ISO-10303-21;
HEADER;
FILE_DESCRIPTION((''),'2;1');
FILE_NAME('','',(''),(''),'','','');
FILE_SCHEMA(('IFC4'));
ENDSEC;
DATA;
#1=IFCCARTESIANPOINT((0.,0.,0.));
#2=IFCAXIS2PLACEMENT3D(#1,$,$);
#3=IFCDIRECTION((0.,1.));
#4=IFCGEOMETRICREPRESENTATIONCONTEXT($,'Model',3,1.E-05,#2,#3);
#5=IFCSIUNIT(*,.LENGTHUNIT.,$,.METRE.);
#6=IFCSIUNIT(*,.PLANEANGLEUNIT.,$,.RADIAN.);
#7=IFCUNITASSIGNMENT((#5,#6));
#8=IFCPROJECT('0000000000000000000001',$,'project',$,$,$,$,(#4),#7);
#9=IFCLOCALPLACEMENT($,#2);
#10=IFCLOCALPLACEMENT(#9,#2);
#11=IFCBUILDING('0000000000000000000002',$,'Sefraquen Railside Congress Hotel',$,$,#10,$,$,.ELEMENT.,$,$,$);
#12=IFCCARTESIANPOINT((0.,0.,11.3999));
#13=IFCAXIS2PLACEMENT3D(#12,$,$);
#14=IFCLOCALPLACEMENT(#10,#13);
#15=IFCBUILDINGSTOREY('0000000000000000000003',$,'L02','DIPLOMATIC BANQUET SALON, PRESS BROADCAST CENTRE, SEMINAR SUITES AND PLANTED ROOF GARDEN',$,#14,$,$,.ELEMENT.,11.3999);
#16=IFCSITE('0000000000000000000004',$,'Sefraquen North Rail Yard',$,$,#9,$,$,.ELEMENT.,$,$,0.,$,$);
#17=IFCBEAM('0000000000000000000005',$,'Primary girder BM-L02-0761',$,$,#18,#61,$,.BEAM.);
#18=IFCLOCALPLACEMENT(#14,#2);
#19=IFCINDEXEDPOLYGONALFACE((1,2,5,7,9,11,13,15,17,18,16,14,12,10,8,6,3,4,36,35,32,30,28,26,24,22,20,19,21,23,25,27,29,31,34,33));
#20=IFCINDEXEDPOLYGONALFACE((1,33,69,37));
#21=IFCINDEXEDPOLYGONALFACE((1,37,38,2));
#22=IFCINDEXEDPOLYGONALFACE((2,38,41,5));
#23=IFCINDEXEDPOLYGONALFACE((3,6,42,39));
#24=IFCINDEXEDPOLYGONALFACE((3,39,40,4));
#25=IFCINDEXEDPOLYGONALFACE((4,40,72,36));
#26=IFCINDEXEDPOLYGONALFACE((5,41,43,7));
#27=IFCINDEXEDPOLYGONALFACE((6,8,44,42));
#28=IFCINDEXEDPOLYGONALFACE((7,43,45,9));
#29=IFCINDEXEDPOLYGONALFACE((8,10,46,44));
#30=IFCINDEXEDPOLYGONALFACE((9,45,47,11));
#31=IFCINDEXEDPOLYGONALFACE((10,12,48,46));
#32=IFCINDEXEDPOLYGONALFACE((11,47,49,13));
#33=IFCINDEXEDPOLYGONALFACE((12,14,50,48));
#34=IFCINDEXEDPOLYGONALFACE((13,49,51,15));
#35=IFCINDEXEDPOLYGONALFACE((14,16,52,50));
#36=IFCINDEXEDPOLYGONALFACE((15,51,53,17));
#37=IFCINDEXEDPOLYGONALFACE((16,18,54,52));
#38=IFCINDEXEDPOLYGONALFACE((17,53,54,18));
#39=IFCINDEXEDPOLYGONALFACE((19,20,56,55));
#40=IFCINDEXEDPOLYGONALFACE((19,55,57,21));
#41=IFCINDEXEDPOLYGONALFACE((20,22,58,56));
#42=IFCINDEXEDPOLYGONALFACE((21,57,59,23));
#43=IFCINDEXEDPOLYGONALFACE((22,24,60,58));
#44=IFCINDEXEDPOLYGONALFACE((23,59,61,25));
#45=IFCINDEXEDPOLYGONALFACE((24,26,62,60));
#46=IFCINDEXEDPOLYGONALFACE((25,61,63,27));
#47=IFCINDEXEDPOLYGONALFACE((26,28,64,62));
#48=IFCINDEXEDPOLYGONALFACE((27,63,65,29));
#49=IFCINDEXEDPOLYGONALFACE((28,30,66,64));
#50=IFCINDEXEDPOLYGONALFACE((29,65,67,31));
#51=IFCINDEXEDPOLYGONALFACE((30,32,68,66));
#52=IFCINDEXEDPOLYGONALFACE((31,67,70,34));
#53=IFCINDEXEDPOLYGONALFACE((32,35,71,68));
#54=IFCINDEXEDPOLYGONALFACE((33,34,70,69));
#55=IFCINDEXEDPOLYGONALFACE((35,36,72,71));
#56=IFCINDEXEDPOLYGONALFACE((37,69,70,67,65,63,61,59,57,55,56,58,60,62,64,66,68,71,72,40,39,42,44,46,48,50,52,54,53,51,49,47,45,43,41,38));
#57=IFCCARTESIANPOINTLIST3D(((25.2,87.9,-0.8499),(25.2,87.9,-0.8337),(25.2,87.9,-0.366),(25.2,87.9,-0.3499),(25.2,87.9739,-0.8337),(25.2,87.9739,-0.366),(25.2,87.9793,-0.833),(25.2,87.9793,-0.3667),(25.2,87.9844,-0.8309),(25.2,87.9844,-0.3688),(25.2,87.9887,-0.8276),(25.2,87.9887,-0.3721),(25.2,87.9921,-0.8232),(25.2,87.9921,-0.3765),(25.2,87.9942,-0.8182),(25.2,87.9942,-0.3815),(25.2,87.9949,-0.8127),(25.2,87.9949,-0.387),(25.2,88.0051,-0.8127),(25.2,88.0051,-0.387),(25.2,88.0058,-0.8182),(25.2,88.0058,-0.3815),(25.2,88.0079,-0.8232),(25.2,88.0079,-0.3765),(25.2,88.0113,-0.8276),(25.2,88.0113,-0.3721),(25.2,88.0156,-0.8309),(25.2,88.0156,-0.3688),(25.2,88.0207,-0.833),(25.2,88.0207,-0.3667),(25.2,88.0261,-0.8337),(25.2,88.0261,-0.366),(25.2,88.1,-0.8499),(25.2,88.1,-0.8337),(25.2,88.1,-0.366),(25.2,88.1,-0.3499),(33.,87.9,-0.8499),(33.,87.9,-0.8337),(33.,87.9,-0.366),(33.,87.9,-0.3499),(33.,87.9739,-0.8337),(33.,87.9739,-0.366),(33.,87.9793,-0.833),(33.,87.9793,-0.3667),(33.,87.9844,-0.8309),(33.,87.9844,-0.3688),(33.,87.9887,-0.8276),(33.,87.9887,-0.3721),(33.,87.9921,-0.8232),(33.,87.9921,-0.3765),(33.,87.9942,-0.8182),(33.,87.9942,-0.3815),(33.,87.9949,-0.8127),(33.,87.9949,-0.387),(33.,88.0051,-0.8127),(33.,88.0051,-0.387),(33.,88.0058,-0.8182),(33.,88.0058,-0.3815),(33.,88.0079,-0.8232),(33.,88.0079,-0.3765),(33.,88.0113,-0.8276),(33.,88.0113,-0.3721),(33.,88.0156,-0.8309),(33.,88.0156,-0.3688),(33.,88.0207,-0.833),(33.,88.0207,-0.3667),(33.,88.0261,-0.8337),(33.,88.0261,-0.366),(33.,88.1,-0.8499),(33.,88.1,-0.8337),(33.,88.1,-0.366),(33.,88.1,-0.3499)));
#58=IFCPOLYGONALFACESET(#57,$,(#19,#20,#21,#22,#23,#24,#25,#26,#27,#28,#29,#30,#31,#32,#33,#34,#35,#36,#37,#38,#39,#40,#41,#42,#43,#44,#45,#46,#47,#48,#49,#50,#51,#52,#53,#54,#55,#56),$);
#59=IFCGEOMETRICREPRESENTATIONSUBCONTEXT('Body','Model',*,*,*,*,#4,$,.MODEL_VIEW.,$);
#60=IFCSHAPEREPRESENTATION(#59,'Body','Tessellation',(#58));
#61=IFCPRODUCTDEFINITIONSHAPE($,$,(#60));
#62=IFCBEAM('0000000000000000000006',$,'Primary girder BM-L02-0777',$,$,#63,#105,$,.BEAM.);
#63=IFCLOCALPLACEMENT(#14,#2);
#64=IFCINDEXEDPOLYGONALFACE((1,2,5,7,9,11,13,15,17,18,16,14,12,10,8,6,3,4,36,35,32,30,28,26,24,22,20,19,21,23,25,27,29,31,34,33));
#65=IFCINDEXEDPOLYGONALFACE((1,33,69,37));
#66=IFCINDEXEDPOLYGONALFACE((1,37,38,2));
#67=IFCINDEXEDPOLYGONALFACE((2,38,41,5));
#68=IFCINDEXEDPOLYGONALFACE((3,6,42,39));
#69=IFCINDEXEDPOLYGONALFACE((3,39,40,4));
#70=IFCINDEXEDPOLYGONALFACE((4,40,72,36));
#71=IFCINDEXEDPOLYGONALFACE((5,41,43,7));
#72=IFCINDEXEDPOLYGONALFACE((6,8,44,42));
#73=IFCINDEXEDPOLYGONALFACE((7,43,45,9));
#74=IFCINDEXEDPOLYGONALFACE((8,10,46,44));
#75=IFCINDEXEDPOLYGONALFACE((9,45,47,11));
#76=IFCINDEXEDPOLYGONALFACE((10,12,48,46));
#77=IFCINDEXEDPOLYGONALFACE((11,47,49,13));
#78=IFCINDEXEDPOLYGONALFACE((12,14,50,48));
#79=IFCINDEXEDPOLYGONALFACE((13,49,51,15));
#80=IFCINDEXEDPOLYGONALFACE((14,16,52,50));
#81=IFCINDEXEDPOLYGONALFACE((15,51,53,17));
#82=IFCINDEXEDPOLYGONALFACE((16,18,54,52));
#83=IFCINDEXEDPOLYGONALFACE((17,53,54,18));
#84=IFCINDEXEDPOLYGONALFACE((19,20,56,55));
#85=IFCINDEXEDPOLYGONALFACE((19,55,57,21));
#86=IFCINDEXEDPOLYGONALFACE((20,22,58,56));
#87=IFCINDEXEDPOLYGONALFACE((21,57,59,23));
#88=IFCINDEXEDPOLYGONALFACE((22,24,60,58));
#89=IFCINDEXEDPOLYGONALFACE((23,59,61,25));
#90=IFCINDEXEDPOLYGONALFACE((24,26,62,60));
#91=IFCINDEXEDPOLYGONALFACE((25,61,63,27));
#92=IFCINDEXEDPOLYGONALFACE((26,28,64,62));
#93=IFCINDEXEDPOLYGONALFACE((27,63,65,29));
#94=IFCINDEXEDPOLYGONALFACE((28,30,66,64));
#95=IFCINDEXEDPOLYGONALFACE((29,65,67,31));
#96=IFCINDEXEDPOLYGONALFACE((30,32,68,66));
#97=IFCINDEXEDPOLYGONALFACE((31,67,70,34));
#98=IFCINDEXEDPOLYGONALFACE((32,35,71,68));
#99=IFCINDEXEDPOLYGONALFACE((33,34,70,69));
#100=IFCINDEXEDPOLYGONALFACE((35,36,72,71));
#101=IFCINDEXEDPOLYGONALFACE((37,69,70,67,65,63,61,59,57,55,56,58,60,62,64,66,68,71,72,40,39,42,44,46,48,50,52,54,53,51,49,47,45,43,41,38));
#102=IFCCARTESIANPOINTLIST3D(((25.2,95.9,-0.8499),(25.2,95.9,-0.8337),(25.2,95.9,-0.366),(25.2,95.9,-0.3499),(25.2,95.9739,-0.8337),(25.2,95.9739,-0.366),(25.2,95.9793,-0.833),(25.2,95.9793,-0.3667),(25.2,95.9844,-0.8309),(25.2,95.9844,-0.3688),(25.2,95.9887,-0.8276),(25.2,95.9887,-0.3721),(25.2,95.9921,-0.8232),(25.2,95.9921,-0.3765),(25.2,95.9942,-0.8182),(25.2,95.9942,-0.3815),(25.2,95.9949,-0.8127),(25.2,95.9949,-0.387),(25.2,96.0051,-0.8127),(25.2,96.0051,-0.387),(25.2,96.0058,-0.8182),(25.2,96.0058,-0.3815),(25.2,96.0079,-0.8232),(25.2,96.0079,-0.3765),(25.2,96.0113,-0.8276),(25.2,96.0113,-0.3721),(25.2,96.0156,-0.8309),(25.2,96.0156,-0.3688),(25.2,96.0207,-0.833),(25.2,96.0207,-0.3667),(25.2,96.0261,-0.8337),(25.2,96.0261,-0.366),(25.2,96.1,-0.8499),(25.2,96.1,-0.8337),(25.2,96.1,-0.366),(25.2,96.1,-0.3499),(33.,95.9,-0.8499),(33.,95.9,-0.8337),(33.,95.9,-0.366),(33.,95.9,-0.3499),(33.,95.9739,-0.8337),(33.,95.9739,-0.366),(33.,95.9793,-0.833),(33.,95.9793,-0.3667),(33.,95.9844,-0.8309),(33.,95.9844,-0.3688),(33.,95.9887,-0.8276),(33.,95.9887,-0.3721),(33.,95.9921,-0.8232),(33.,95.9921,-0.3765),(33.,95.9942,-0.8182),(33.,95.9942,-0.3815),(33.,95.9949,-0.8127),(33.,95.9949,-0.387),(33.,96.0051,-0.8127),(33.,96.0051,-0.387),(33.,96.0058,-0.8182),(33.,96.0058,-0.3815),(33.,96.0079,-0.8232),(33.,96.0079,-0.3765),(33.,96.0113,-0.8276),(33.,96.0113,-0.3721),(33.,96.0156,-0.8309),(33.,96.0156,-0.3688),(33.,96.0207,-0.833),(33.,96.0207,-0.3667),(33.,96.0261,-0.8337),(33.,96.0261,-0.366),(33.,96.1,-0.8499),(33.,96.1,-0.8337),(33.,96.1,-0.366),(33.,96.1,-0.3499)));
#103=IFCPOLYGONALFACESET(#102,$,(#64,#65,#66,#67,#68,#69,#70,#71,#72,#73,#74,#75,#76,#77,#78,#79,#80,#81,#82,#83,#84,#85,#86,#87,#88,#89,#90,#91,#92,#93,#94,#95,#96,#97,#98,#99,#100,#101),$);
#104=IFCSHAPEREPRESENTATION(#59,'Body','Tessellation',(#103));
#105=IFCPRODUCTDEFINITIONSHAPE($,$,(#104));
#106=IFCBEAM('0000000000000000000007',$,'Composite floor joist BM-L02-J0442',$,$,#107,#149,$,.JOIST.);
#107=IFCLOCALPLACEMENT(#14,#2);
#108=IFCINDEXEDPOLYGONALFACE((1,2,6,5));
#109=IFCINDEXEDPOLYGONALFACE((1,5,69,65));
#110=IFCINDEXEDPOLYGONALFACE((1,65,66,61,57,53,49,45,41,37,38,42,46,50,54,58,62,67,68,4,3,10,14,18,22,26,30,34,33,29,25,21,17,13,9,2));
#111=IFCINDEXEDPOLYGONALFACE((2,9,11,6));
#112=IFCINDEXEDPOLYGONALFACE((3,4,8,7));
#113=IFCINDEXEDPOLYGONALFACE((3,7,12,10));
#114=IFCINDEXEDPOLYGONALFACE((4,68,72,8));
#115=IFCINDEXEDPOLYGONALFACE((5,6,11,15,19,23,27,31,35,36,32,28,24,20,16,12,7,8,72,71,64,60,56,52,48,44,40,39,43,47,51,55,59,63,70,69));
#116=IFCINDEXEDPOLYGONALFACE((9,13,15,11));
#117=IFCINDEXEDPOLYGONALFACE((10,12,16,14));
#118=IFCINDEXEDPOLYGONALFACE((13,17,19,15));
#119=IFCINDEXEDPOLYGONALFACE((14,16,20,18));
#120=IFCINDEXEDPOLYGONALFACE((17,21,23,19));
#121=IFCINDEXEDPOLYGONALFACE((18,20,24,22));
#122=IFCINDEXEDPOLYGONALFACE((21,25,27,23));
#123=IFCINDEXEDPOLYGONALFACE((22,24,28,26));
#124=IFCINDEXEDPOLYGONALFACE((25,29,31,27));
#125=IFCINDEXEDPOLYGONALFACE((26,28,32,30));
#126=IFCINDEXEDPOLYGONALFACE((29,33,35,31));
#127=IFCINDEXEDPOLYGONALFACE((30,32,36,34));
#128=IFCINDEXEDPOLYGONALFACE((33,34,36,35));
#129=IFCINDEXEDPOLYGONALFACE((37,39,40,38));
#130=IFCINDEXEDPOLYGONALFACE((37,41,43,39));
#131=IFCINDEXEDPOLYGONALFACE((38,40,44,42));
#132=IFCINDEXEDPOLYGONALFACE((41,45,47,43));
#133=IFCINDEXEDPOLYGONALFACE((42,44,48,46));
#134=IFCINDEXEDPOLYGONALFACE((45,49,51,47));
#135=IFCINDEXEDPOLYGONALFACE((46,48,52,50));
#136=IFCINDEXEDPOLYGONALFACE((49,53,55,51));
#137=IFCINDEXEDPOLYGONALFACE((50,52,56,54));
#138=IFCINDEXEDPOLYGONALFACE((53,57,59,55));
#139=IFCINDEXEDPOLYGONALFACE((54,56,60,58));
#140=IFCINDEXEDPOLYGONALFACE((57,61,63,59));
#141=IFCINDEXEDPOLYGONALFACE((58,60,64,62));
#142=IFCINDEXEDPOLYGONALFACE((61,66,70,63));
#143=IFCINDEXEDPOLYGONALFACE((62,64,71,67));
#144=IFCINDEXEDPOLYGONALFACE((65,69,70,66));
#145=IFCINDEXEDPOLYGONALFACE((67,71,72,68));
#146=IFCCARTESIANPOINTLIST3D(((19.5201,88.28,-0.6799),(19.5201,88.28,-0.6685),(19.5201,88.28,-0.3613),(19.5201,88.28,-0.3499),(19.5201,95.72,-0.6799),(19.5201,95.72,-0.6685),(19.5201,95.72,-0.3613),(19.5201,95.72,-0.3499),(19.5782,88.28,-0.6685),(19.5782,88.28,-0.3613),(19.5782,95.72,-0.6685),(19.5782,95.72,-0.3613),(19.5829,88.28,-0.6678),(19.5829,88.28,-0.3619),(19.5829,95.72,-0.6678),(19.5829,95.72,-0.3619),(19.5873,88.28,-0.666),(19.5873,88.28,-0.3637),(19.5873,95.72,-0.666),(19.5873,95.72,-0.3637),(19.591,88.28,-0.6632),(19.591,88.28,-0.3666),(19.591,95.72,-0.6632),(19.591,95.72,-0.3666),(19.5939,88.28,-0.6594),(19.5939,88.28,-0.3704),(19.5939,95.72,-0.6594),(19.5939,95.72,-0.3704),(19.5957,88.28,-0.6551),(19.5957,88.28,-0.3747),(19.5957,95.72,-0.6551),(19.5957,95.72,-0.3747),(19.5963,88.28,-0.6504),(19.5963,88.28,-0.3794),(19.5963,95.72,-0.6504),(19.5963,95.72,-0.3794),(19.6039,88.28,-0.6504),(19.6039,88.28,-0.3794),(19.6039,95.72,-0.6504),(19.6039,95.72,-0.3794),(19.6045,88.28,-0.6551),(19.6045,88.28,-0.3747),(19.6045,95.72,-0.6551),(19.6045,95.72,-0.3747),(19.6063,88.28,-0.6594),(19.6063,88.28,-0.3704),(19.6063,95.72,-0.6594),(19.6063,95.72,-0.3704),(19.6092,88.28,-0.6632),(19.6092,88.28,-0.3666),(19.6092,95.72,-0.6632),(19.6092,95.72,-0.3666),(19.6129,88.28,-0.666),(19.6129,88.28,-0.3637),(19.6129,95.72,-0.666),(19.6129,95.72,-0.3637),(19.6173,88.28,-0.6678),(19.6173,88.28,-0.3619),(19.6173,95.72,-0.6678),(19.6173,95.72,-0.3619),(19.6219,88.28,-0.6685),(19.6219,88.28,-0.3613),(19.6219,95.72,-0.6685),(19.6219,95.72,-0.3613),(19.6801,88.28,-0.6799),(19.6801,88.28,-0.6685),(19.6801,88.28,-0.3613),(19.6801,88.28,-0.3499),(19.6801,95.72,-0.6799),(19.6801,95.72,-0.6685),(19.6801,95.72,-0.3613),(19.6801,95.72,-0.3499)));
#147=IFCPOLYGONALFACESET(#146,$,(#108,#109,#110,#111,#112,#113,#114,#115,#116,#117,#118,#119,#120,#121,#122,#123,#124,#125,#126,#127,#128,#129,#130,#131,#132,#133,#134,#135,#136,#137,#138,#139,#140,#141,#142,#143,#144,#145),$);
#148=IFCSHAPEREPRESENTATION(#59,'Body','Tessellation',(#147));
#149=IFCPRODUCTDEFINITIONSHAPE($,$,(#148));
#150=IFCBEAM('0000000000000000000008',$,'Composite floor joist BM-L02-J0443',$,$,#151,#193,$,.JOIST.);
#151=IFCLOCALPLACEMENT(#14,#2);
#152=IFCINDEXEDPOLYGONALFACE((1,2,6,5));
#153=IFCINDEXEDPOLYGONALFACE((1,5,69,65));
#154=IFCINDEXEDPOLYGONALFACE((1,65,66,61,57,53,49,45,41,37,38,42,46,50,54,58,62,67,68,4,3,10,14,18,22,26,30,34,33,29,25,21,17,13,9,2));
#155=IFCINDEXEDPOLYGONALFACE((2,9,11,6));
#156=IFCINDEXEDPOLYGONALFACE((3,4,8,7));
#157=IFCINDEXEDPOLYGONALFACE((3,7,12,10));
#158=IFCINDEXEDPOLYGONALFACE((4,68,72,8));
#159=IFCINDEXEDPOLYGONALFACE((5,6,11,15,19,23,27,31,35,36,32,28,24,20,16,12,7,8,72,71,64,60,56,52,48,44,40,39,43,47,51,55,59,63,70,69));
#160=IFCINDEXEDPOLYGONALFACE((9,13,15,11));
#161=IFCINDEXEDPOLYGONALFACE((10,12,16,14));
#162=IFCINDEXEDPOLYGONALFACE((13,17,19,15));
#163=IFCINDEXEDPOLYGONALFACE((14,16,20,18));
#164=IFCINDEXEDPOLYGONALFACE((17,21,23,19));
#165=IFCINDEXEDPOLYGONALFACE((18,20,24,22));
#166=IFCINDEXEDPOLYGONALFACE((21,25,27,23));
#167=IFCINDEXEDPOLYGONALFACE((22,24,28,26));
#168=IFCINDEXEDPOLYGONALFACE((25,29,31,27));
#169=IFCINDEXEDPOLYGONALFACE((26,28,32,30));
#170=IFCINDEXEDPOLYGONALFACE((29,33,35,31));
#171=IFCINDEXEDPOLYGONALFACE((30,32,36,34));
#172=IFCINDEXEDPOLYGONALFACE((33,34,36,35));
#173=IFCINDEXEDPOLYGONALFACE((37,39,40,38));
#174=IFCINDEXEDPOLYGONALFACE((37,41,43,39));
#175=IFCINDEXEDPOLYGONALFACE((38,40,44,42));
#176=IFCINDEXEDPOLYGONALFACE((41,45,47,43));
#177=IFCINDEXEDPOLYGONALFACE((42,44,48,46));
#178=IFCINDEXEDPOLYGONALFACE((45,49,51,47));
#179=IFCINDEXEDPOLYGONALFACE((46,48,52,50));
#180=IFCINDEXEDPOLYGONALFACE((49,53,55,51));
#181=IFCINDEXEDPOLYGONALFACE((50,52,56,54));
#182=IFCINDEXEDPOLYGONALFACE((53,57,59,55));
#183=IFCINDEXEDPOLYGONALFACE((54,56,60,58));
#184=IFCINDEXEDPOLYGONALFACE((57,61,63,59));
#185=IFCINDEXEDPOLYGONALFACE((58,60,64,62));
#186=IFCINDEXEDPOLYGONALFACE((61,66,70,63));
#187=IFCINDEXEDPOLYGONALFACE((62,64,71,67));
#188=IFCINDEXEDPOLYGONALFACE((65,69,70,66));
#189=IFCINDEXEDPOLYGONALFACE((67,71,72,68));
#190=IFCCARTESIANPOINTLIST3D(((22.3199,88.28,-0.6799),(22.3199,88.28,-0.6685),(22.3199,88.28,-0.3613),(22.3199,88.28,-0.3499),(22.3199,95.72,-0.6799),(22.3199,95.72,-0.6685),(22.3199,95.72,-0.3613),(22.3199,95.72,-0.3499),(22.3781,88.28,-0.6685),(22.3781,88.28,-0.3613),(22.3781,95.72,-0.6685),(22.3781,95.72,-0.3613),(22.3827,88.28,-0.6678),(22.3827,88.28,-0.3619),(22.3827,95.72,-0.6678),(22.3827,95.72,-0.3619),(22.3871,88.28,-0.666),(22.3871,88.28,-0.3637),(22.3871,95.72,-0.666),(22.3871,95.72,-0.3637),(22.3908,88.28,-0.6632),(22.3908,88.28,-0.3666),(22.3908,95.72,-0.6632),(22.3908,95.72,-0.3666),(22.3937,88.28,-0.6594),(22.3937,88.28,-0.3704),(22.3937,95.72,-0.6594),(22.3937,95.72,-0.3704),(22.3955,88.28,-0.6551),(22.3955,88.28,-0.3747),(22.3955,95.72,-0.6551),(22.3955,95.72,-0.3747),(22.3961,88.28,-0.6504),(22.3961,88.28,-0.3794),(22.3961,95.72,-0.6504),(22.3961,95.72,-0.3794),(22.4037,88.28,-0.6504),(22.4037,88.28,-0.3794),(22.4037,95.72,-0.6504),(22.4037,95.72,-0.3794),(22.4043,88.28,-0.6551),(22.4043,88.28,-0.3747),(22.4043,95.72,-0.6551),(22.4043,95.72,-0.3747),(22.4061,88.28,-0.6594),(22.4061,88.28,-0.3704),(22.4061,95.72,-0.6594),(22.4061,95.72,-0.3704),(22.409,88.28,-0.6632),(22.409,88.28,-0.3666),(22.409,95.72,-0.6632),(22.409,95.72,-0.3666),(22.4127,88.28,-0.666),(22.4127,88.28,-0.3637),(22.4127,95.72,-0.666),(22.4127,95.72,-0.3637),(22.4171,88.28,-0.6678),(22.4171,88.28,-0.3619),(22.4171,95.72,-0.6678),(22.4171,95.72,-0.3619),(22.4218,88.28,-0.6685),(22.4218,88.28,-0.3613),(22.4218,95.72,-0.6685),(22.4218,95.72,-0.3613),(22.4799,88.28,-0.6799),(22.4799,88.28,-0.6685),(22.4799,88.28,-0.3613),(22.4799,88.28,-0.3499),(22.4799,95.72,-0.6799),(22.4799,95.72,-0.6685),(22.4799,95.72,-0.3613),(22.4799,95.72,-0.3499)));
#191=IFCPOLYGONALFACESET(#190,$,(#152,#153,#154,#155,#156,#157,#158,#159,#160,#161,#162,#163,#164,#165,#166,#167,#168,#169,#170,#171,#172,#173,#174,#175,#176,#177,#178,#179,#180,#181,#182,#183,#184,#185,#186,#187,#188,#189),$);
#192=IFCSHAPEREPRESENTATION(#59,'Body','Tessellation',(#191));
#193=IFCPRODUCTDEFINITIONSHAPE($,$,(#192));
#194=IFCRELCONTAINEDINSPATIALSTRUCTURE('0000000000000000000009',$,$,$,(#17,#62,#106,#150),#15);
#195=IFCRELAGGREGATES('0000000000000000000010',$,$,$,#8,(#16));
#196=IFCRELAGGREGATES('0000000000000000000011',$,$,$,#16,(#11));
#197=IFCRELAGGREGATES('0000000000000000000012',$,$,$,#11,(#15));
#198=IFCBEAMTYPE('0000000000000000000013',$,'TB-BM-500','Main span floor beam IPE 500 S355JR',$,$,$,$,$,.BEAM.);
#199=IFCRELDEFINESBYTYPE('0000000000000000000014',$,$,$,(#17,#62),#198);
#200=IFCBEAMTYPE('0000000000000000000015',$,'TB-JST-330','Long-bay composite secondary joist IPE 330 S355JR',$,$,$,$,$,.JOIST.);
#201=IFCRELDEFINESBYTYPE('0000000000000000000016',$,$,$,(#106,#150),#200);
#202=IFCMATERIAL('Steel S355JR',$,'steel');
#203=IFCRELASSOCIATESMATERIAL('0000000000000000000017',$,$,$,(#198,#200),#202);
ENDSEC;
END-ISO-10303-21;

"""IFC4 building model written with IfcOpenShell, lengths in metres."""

from ifc_helpers import new_model, si_unit, direction, frame, origin, origin_2d, place, context, subcontext, project, spatial, i_section, extrude, material, material_profile, profile_set, type_object, element, save


model = new_model("IFC4")

# Units and contexts
model_context = context("Model", 3, precision=1e-05, world=origin(), true_north=direction((0.0, 1.0)))
body_context = subcontext(model_context, "Body", "Model", "MODEL_VIEW")
ifc_project = project(units=[si_unit("LENGTHUNIT", "METRE"), si_unit("PLANEANGLEUNIT", "RADIAN")], contexts=[model_context])

# Site, building, storey
site_placement = place(None, origin())
site = spatial("IfcSite", under=ifc_project, at=site_placement, Name="Sefraquen North Rail Yard", CompositionType="ELEMENT", RefElevation=0.0)
building_placement = place(site_placement, origin())
building = spatial("IfcBuilding", under=site, at=building_placement, Name="Sefraquen Railside Congress Hotel", CompositionType="ELEMENT")
storey_placement = place(building_placement, frame((0.0, 0.0, 11.3999)))
storey = spatial("IfcBuildingStorey", under=building, at=storey_placement, Name="L02", Description="DIPLOMATIC BANQUET SALON, PRESS BROADCAST CENTRE, SEMINAR SUITES AND PLANTED ROOF GARDEN", CompositionType="ELEMENT", Elevation=11.3999)

# Shared definitions
ifc_material_1 = material(Name="Steel S355JR", Category="steel")

# Beams
ifc_material_profile_1 = material_profile(ifc_material_1, i_section(OverallWidth=0.2, OverallDepth=0.5, WebThickness=0.0103, FlangeThickness=0.0161, FilletRadius=0.021, at=origin_2d()), Name="IPE 500")
ifc_profile_set_1 = profile_set([ifc_material_profile_1], Name="Steel S355JR")
beam_type_1 = type_object("IfcBeamType", Name="TB-BM-500", Description="Main span floor beam IPE 500 S355JR", PredefinedType="BEAM", material=ifc_profile_set_1)
for number, where, z_axis, x_axis, name in (
    (1, (25.2, 88.0, -0.5999), (1.0, 0.0, 0.0), (0.0, 1.0, 0.0), "Primary girder BM-L02-0761"),
    (2, (25.2, 96.0, -0.5999), (1.0, 0.0, 0.0), (0.0, 1.0, 0.0), "Primary girder BM-L02-0777"),
):
    element("IfcBeam", number, at=place(storey_placement, frame(where, z_axis=z_axis, x_axis=x_axis)), inside=storey, type_object=beam_type_1, Name=name, PredefinedType="BEAM", context=body_context, shape_type="SweptSolid", body=[
        extrude(i_section(OverallWidth=0.2, OverallDepth=0.5, WebThickness=0.0103, FlangeThickness=0.0161, FilletRadius=0.021, at=origin_2d()), origin(), (0.0, 0.0, 1.0), 7.8),
    ])
ifc_material_profile_2 = material_profile(ifc_material_1, i_section(OverallWidth=0.1599, OverallDepth=0.3301, WebThickness=0.0076, FlangeThickness=0.0115, FilletRadius=0.0181, at=origin_2d()), Name="IPE 330")
ifc_profile_set_2 = profile_set([ifc_material_profile_2], Name="Steel S355JR")
beam_type_2 = type_object("IfcBeamType", Name="TB-JST-330", Description="Long-bay composite secondary joist IPE 330 S355JR", PredefinedType="JOIST", material=ifc_profile_set_2)
for number, where, z_axis, x_axis, name in (
    (3, (19.6001, 88.28, -0.5149), (0.0, 1.0, 0.0), (-1.0, 0.0, 0.0), "Composite floor joist BM-L02-J0442"),
    (4, (22.3999, 88.28, -0.5149), (0.0, 1.0, 0.0), (-1.0, 0.0, 0.0), "Composite floor joist BM-L02-J0443"),
):
    element("IfcBeam", number, at=place(storey_placement, frame(where, z_axis=z_axis, x_axis=x_axis)), inside=storey, type_object=beam_type_2, Name=name, PredefinedType="JOIST", context=body_context, shape_type="SweptSolid", body=[
        extrude(i_section(OverallWidth=0.1599, OverallDepth=0.3301, WebThickness=0.0076, FlangeThickness=0.0115, FilletRadius=0.0181, at=origin_2d()), origin(), (0.0, 0.0, 1.0), 7.4399),
    ])

save(model, "model.ifc")
